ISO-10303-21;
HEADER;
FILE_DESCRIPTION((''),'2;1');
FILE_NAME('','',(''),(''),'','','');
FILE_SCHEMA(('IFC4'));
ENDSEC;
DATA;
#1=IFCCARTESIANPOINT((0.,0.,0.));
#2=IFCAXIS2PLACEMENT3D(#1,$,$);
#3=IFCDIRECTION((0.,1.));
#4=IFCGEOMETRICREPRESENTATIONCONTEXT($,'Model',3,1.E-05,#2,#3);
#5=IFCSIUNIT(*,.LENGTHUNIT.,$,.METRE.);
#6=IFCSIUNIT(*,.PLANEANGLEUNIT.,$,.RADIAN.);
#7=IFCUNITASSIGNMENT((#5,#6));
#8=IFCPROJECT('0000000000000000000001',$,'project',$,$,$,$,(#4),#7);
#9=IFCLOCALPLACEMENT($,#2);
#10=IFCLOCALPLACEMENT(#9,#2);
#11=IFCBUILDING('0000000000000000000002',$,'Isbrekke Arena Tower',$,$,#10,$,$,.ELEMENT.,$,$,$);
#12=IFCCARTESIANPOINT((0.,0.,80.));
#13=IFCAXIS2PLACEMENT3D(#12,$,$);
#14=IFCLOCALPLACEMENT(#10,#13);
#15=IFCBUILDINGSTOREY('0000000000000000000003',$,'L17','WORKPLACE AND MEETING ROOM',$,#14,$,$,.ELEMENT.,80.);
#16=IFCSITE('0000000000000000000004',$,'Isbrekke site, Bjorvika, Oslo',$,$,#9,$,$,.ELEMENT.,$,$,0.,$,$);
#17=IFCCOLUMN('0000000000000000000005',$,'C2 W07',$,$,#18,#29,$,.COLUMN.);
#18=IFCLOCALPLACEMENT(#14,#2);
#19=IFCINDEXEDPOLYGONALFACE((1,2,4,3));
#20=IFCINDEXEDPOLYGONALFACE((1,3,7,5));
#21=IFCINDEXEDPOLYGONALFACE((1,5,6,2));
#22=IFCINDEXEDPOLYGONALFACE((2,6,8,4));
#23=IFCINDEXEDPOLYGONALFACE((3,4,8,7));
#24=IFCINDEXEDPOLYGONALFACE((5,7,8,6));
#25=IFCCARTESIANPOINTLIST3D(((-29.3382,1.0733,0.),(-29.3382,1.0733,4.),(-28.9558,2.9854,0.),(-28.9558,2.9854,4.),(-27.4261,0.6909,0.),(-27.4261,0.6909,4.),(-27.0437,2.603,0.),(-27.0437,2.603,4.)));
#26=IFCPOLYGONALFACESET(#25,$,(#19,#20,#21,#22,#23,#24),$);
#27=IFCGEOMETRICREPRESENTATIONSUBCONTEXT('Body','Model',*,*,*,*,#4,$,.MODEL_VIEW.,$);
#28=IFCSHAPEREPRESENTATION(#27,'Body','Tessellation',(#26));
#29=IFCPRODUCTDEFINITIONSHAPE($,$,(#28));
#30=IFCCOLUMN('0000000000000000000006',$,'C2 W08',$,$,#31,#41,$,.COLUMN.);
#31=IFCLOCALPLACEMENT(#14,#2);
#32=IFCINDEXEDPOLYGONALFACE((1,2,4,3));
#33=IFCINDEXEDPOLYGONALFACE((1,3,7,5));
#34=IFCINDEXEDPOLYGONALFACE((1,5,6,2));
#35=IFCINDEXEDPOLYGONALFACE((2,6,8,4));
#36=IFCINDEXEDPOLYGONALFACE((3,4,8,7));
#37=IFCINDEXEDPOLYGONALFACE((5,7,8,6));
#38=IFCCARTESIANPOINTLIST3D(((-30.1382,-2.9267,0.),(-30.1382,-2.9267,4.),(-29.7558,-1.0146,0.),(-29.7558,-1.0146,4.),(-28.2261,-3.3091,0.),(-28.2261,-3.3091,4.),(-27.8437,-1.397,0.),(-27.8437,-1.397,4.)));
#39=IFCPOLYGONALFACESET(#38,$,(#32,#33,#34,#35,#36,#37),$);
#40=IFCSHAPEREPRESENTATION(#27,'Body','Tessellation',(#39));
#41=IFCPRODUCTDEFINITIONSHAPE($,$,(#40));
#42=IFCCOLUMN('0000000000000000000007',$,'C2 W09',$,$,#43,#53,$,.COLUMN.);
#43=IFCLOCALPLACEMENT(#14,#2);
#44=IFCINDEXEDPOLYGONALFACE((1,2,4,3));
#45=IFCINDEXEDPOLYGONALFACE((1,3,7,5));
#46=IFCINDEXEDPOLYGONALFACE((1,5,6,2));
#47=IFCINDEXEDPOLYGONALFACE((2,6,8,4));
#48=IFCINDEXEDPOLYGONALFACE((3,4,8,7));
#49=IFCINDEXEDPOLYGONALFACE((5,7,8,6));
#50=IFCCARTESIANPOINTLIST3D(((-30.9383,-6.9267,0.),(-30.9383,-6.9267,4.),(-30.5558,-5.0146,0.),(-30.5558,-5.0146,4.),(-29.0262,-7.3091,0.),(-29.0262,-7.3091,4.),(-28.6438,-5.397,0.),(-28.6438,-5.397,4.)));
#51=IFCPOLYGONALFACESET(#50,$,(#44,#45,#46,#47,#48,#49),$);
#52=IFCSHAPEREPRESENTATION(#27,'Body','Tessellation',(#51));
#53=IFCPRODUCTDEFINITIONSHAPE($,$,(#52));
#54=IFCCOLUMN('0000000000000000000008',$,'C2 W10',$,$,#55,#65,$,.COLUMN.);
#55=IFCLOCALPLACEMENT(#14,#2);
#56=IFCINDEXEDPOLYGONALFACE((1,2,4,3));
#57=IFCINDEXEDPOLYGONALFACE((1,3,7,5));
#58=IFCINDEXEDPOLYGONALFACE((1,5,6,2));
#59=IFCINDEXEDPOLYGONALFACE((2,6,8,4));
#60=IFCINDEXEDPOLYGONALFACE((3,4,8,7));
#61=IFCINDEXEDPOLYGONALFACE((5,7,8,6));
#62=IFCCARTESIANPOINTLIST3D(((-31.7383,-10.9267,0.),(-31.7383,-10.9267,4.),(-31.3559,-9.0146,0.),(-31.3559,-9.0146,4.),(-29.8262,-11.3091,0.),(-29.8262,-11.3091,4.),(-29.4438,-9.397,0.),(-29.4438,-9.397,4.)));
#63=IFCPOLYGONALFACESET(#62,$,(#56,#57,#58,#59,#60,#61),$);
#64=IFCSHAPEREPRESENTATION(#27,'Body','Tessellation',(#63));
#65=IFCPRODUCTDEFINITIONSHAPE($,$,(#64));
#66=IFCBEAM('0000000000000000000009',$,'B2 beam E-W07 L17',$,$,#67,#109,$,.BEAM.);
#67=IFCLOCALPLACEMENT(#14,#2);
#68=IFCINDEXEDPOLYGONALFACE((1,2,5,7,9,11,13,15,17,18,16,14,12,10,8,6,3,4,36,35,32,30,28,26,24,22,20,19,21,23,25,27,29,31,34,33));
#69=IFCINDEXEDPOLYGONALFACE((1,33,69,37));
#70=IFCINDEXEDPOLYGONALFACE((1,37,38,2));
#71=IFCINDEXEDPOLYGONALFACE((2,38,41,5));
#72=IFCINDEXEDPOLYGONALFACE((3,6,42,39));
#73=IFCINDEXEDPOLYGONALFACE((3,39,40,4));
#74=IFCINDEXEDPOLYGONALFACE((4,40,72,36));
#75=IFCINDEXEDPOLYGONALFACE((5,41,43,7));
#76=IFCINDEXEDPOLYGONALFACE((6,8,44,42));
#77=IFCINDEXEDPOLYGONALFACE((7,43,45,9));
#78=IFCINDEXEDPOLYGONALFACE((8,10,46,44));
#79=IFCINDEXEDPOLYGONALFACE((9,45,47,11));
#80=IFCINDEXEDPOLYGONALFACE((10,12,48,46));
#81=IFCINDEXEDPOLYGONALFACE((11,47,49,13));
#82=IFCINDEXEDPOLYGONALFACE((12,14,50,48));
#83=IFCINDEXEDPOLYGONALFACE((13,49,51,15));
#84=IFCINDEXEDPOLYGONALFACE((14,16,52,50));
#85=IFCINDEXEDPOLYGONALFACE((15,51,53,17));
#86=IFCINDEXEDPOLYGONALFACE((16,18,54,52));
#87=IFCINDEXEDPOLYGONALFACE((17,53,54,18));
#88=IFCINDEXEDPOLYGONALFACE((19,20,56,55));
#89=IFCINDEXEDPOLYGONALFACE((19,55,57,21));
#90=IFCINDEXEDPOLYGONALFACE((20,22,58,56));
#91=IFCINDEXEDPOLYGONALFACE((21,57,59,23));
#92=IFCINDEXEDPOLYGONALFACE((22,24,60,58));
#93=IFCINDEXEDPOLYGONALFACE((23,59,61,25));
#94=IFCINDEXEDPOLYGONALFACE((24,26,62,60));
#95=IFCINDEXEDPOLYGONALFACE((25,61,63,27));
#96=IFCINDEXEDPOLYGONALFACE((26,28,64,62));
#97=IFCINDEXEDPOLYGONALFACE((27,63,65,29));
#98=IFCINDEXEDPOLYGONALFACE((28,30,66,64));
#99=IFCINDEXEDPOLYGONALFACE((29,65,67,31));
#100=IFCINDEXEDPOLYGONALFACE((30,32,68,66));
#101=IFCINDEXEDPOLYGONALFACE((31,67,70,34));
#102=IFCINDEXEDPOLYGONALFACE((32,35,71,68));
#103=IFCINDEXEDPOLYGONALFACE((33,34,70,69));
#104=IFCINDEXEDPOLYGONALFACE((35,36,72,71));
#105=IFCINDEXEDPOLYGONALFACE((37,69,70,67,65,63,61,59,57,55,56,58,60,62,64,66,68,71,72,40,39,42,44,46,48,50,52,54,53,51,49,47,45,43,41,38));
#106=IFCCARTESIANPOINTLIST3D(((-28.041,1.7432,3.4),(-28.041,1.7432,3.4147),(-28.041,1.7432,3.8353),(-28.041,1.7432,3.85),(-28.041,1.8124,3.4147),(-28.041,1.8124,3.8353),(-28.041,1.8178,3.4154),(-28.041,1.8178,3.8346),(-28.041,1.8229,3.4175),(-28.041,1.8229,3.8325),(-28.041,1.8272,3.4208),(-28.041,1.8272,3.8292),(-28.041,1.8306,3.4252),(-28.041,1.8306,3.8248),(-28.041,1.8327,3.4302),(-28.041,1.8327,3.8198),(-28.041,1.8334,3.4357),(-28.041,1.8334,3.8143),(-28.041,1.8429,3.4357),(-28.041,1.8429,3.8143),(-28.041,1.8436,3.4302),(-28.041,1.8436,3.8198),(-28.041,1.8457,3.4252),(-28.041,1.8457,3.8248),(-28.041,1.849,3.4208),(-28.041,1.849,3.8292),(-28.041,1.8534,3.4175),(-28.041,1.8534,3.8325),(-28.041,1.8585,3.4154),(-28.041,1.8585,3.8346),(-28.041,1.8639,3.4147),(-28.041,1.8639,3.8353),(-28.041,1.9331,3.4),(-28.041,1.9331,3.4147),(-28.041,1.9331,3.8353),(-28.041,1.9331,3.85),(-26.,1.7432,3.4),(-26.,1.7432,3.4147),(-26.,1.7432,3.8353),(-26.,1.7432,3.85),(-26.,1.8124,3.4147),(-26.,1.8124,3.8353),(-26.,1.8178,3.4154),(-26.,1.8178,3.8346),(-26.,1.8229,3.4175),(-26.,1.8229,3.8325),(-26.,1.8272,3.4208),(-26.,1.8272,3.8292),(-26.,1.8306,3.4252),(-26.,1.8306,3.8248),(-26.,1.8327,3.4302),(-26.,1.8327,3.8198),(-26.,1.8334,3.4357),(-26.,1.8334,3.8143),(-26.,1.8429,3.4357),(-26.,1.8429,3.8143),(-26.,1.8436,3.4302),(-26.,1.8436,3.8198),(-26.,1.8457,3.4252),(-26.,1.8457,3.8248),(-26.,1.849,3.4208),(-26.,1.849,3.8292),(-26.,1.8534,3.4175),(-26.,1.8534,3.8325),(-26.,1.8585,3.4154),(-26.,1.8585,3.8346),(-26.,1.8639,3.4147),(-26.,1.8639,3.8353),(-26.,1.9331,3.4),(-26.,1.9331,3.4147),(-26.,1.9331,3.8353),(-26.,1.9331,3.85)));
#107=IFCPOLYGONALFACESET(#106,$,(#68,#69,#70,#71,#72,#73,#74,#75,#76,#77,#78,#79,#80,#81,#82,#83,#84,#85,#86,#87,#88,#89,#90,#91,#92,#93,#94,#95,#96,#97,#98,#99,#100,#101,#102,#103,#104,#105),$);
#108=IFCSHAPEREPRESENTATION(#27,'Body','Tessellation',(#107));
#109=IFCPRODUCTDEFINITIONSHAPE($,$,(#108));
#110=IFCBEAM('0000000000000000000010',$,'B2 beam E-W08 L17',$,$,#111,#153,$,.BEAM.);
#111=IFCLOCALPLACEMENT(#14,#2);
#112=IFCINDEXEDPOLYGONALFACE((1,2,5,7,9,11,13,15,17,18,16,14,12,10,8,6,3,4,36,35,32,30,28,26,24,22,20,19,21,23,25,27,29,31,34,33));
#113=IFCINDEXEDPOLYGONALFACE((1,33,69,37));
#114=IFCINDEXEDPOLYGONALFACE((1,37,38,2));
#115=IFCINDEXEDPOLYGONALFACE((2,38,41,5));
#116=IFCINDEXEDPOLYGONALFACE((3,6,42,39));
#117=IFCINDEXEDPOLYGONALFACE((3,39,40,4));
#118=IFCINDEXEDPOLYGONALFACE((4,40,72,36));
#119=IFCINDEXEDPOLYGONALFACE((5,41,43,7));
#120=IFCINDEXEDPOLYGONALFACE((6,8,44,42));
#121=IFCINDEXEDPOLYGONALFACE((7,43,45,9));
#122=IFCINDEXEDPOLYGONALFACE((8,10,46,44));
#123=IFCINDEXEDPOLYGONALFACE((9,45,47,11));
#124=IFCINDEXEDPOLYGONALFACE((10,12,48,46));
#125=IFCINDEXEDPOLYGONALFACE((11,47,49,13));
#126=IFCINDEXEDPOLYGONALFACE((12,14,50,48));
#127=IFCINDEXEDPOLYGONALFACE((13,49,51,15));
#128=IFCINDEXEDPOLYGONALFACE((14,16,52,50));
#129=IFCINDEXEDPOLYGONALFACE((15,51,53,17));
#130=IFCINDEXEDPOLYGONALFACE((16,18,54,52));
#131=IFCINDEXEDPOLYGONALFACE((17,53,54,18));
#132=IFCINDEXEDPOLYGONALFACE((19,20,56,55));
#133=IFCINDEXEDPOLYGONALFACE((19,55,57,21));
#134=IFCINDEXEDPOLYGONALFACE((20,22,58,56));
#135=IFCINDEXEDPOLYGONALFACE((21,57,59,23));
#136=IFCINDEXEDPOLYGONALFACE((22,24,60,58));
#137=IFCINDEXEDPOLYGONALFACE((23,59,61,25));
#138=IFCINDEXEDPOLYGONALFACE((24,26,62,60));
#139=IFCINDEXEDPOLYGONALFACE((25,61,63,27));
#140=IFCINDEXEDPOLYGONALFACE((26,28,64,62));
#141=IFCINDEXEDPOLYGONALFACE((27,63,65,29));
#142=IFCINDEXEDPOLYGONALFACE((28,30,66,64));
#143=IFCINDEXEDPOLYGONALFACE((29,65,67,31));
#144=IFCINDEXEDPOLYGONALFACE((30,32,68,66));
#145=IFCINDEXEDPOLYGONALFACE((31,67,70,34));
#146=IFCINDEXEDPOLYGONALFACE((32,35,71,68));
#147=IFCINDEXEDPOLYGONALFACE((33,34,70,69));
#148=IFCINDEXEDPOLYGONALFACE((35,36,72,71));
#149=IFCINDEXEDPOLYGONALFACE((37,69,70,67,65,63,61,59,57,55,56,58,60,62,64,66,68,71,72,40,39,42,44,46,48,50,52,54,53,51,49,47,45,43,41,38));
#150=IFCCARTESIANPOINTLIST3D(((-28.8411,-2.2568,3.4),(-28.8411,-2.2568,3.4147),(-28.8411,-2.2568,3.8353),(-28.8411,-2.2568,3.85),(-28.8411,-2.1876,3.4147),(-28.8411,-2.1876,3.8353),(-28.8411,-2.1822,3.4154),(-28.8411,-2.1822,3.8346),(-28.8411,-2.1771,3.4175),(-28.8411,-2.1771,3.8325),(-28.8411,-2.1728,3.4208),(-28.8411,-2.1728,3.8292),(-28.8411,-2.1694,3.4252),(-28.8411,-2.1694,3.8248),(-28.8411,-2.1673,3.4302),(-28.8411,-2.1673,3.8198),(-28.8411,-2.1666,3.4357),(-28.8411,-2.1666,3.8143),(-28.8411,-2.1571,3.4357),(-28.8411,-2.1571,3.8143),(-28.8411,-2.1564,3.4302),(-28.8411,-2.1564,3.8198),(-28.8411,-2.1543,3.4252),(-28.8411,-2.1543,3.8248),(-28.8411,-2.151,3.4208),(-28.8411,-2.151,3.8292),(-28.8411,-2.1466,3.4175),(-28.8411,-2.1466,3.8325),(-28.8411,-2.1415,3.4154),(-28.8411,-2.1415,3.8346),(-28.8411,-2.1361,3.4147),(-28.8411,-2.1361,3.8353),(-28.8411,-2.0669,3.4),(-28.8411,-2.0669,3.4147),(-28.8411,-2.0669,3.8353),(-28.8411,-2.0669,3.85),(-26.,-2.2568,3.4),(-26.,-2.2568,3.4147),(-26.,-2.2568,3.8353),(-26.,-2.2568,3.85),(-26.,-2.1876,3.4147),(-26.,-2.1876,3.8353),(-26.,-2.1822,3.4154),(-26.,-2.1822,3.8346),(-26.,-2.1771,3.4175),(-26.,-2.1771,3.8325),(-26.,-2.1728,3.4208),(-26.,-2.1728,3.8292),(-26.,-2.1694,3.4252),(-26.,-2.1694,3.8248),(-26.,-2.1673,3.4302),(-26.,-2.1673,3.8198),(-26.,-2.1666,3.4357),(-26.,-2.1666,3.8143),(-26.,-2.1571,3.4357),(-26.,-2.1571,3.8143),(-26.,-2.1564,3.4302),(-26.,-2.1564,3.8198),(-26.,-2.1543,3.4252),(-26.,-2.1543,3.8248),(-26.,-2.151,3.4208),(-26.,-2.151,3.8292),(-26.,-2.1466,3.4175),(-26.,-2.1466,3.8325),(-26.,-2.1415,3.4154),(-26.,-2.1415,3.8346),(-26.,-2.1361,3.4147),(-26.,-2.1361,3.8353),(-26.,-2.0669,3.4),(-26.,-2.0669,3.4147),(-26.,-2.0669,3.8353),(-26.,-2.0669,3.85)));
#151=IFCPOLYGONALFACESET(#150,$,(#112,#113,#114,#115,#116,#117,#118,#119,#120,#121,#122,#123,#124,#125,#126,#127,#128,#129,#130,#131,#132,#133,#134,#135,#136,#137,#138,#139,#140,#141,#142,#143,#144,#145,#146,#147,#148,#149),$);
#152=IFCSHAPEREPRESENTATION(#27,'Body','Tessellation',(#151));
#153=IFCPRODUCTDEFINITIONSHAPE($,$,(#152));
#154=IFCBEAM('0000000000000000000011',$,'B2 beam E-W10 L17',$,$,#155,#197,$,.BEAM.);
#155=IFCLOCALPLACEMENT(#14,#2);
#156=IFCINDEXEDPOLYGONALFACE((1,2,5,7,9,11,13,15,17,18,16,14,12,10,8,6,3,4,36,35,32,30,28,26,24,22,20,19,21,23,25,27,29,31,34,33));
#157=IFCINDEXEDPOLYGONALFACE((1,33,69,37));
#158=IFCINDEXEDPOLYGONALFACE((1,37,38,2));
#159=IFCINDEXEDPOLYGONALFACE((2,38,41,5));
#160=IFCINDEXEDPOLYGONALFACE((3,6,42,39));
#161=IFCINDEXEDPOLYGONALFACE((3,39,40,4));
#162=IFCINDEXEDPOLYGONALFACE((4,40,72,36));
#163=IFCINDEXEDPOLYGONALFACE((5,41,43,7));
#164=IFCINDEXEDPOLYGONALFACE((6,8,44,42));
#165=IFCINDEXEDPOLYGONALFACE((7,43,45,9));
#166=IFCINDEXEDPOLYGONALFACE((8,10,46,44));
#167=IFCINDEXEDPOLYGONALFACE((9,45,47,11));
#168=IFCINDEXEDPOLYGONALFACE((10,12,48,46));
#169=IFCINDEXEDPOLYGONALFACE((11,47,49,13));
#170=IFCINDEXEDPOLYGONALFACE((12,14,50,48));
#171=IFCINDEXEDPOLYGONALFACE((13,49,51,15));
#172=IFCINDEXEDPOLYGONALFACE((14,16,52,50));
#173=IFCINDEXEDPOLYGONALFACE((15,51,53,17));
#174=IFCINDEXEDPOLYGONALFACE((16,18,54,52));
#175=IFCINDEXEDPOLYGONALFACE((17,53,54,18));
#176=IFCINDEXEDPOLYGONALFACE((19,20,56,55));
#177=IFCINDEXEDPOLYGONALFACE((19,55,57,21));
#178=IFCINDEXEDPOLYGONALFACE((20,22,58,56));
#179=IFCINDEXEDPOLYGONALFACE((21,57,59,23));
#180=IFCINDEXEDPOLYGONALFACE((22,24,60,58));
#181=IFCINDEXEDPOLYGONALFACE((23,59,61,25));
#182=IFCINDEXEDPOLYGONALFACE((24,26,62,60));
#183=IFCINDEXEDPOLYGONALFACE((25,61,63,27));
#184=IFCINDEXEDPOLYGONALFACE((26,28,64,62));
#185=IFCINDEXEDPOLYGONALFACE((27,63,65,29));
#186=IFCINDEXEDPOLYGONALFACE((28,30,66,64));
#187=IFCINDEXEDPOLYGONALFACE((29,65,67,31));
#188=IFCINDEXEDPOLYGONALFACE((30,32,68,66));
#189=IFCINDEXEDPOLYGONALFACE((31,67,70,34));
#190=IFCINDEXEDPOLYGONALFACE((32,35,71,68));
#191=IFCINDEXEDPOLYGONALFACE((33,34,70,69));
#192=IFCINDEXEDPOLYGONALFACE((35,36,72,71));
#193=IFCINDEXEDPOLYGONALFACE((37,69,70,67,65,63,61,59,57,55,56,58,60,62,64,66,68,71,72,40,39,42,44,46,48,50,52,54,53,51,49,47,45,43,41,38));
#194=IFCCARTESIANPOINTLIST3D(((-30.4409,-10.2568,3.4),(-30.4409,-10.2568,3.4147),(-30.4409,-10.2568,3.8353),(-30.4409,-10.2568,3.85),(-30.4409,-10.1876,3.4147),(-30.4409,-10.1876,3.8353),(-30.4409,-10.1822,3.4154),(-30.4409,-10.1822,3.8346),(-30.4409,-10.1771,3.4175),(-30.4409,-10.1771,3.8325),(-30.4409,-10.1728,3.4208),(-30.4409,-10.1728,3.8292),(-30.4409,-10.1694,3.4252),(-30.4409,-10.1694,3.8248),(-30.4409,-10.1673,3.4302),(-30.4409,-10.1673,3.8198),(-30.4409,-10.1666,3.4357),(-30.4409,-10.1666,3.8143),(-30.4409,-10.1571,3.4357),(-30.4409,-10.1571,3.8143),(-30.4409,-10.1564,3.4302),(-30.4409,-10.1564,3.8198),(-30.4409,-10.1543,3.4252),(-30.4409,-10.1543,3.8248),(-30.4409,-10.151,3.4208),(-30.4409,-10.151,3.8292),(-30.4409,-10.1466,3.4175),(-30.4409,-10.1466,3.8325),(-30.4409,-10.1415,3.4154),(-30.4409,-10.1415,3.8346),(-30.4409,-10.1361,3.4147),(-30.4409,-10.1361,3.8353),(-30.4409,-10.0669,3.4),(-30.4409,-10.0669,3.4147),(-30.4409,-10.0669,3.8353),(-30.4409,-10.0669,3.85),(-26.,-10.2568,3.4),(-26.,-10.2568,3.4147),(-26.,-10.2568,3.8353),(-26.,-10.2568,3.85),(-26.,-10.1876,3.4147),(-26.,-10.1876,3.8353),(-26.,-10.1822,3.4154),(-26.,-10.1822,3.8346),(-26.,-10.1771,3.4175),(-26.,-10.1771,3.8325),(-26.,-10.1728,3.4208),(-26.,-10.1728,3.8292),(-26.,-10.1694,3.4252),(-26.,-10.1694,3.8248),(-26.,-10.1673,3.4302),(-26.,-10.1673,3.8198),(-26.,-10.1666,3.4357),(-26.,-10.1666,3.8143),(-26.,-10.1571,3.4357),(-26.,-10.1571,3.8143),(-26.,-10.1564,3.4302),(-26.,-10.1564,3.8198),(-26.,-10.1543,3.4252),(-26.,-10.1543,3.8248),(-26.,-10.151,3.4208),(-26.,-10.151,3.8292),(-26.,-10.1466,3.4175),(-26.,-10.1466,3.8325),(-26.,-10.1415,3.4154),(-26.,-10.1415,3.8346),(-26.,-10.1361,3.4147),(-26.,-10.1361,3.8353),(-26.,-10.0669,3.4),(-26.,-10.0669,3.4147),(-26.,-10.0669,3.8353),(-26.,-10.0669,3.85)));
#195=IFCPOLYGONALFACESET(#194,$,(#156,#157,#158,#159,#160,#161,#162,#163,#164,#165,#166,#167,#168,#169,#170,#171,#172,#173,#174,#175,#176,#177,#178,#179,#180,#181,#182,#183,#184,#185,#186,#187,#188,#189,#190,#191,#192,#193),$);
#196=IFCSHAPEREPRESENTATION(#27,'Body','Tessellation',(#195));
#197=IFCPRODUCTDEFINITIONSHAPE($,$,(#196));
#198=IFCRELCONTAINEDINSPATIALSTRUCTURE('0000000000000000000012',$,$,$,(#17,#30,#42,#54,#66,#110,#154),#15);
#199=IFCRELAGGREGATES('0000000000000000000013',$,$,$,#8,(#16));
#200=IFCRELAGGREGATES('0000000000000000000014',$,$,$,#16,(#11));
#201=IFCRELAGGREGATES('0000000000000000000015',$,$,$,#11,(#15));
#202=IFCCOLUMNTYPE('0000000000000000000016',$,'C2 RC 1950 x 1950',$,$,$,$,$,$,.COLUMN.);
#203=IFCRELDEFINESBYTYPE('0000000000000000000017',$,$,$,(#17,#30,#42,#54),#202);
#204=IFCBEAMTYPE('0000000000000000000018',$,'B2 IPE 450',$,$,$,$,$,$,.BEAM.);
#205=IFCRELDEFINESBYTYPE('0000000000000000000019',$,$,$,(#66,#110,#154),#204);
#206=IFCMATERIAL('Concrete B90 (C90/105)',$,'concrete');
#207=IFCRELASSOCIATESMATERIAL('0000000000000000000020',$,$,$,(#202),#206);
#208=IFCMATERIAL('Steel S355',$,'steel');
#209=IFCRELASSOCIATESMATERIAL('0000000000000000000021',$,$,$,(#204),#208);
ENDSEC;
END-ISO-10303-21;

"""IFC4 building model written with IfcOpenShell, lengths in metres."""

from ifc_helpers import new_model, si_unit, direction, frame, origin, origin_2d, place, context, subcontext, project, spatial, rectangle, i_section, extrude, material, material_profile, profile_set, type_object, element, save


model = new_model("IFC4")

# Units and contexts
model_context = context("Model", 3, precision=1e-05, world=origin(), true_north=direction((0.0, 1.0)))
body_context = subcontext(model_context, "Body", "Model", "MODEL_VIEW")
ifc_project = project(units=[si_unit("LENGTHUNIT", "METRE"), si_unit("PLANEANGLEUNIT", "RADIAN")], contexts=[model_context])

# Site, building, storey
site_placement = place(None, origin())
site = spatial("IfcSite", under=ifc_project, at=site_placement, Name="Isbrekke site, Bjorvika, Oslo", CompositionType="ELEMENT", RefElevation=0.0)
building_placement = place(site_placement, origin())
building = spatial("IfcBuilding", under=site, at=building_placement, Name="Isbrekke Arena Tower", CompositionType="ELEMENT")
storey_placement = place(building_placement, frame((0.0, 0.0, 80.0)))
storey = spatial("IfcBuildingStorey", under=building, at=storey_placement, Name="L17", Description="WORKPLACE AND MEETING ROOM", CompositionType="ELEMENT", Elevation=80.0)

# Columns
ifc_material_1 = material(Name="Concrete B90 (C90/105)", Category="concrete")
ifc_material_profile_1 = material_profile(ifc_material_1, rectangle(XDim=1.95, YDim=1.95, at=origin_2d()), Name="RC 1950x1950")
ifc_profile_set_1 = profile_set([ifc_material_profile_1], Name="Concrete B90 (C90/105)")
column_type = type_object("IfcColumnType", Name="C2 RC 1950 x 1950", PredefinedType="COLUMN", material=ifc_profile_set_1)
for number, where, z_axis, x_axis, name in (
    (1, (-28.1909, 1.8381, 0.0), (0.0, 0.0, 1.0), (-0.196116, -0.980581, 0.0), "C2 W07"),
    (2, (-28.991, -2.1619, 0.0), (0.0, 0.0, 1.0), (-0.196116, -0.980581, 0.0), "C2 W08"),
    (3, (-29.791, -6.1619, 0.0), (0.0, 0.0, 1.0), (-0.196116, -0.980581, 0.0), "C2 W09"),
    (4, (-30.5911, -10.1619, 0.0), (0.0, 0.0, 1.0), (-0.196116, -0.980581, 0.0), "C2 W10"),
):
    element("IfcColumn", number, at=place(storey_placement, frame(where, z_axis=z_axis, x_axis=x_axis)), inside=storey, type_object=column_type, Name=name, PredefinedType="COLUMN", context=body_context, shape_type="SweptSolid", body=[
        extrude(rectangle(XDim=1.95, YDim=1.95, at=origin_2d()), origin(), (0.0, 0.0, 1.0), 4.0),
    ])

# Beams
ifc_material_2 = material(Name="Steel S355", Category="steel")
ifc_material_profile_2 = material_profile(ifc_material_2, i_section(OverallWidth=0.1899, OverallDepth=0.45, WebThickness=0.0095, FlangeThickness=0.0146, FilletRadius=0.021, at=origin_2d()), Name="IPE 450")
ifc_profile_set_2 = profile_set([ifc_material_profile_2], Name="Steel S355")
beam_type_1 = type_object("IfcBeamType", Name="B2 IPE 450", PredefinedType="BEAM", material=ifc_profile_set_2)
beam_1_placement = place(storey_placement, frame((-28.041, 1.8381, 3.625), z_axis=(1.0, 0.0, 0.0), x_axis=(0.0, 1.0, 0.0)))
element("IfcBeam", 5, at=beam_1_placement, inside=storey, type_object=beam_type_1, Name="B2 beam E-W07 L17", PredefinedType="BEAM", context=body_context, shape_type="SweptSolid", body=[
    extrude(i_section(OverallWidth=0.1899, OverallDepth=0.45, WebThickness=0.0095, FlangeThickness=0.0146, FilletRadius=0.021, at=origin_2d()), origin(), (0.0, 0.0, 1.0), 2.041),
])
beam_2_placement = place(storey_placement, frame((-28.8411, -2.1619, 3.625), z_axis=(1.0, 0.0, 0.0), x_axis=(0.0, 1.0, 0.0)))
element("IfcBeam", 6, at=beam_2_placement, inside=storey, type_object=beam_type_1, Name="B2 beam E-W08 L17", PredefinedType="BEAM", context=body_context, shape_type="SweptSolid", body=[
    extrude(i_section(OverallWidth=0.1899, OverallDepth=0.45, WebThickness=0.0095, FlangeThickness=0.0146, FilletRadius=0.021, at=origin_2d()), origin(), (0.0, 0.0, 1.0), 2.8411),
])
beam_3_placement = place(storey_placement, frame((-30.4409, -10.1619, 3.625), z_axis=(1.0, 0.0, 0.0), x_axis=(0.0, 1.0, 0.0)))
element("IfcBeam", 7, at=beam_3_placement, inside=storey, type_object=beam_type_1, Name="B2 beam E-W10 L17", PredefinedType="BEAM", context=body_context, shape_type="SweptSolid", body=[
    extrude(i_section(OverallWidth=0.1899, OverallDepth=0.45, WebThickness=0.0095, FlangeThickness=0.0146, FilletRadius=0.021, at=origin_2d()), origin(), (0.0, 0.0, 1.0), 4.4409),
])

save(model, "model.ifc")
